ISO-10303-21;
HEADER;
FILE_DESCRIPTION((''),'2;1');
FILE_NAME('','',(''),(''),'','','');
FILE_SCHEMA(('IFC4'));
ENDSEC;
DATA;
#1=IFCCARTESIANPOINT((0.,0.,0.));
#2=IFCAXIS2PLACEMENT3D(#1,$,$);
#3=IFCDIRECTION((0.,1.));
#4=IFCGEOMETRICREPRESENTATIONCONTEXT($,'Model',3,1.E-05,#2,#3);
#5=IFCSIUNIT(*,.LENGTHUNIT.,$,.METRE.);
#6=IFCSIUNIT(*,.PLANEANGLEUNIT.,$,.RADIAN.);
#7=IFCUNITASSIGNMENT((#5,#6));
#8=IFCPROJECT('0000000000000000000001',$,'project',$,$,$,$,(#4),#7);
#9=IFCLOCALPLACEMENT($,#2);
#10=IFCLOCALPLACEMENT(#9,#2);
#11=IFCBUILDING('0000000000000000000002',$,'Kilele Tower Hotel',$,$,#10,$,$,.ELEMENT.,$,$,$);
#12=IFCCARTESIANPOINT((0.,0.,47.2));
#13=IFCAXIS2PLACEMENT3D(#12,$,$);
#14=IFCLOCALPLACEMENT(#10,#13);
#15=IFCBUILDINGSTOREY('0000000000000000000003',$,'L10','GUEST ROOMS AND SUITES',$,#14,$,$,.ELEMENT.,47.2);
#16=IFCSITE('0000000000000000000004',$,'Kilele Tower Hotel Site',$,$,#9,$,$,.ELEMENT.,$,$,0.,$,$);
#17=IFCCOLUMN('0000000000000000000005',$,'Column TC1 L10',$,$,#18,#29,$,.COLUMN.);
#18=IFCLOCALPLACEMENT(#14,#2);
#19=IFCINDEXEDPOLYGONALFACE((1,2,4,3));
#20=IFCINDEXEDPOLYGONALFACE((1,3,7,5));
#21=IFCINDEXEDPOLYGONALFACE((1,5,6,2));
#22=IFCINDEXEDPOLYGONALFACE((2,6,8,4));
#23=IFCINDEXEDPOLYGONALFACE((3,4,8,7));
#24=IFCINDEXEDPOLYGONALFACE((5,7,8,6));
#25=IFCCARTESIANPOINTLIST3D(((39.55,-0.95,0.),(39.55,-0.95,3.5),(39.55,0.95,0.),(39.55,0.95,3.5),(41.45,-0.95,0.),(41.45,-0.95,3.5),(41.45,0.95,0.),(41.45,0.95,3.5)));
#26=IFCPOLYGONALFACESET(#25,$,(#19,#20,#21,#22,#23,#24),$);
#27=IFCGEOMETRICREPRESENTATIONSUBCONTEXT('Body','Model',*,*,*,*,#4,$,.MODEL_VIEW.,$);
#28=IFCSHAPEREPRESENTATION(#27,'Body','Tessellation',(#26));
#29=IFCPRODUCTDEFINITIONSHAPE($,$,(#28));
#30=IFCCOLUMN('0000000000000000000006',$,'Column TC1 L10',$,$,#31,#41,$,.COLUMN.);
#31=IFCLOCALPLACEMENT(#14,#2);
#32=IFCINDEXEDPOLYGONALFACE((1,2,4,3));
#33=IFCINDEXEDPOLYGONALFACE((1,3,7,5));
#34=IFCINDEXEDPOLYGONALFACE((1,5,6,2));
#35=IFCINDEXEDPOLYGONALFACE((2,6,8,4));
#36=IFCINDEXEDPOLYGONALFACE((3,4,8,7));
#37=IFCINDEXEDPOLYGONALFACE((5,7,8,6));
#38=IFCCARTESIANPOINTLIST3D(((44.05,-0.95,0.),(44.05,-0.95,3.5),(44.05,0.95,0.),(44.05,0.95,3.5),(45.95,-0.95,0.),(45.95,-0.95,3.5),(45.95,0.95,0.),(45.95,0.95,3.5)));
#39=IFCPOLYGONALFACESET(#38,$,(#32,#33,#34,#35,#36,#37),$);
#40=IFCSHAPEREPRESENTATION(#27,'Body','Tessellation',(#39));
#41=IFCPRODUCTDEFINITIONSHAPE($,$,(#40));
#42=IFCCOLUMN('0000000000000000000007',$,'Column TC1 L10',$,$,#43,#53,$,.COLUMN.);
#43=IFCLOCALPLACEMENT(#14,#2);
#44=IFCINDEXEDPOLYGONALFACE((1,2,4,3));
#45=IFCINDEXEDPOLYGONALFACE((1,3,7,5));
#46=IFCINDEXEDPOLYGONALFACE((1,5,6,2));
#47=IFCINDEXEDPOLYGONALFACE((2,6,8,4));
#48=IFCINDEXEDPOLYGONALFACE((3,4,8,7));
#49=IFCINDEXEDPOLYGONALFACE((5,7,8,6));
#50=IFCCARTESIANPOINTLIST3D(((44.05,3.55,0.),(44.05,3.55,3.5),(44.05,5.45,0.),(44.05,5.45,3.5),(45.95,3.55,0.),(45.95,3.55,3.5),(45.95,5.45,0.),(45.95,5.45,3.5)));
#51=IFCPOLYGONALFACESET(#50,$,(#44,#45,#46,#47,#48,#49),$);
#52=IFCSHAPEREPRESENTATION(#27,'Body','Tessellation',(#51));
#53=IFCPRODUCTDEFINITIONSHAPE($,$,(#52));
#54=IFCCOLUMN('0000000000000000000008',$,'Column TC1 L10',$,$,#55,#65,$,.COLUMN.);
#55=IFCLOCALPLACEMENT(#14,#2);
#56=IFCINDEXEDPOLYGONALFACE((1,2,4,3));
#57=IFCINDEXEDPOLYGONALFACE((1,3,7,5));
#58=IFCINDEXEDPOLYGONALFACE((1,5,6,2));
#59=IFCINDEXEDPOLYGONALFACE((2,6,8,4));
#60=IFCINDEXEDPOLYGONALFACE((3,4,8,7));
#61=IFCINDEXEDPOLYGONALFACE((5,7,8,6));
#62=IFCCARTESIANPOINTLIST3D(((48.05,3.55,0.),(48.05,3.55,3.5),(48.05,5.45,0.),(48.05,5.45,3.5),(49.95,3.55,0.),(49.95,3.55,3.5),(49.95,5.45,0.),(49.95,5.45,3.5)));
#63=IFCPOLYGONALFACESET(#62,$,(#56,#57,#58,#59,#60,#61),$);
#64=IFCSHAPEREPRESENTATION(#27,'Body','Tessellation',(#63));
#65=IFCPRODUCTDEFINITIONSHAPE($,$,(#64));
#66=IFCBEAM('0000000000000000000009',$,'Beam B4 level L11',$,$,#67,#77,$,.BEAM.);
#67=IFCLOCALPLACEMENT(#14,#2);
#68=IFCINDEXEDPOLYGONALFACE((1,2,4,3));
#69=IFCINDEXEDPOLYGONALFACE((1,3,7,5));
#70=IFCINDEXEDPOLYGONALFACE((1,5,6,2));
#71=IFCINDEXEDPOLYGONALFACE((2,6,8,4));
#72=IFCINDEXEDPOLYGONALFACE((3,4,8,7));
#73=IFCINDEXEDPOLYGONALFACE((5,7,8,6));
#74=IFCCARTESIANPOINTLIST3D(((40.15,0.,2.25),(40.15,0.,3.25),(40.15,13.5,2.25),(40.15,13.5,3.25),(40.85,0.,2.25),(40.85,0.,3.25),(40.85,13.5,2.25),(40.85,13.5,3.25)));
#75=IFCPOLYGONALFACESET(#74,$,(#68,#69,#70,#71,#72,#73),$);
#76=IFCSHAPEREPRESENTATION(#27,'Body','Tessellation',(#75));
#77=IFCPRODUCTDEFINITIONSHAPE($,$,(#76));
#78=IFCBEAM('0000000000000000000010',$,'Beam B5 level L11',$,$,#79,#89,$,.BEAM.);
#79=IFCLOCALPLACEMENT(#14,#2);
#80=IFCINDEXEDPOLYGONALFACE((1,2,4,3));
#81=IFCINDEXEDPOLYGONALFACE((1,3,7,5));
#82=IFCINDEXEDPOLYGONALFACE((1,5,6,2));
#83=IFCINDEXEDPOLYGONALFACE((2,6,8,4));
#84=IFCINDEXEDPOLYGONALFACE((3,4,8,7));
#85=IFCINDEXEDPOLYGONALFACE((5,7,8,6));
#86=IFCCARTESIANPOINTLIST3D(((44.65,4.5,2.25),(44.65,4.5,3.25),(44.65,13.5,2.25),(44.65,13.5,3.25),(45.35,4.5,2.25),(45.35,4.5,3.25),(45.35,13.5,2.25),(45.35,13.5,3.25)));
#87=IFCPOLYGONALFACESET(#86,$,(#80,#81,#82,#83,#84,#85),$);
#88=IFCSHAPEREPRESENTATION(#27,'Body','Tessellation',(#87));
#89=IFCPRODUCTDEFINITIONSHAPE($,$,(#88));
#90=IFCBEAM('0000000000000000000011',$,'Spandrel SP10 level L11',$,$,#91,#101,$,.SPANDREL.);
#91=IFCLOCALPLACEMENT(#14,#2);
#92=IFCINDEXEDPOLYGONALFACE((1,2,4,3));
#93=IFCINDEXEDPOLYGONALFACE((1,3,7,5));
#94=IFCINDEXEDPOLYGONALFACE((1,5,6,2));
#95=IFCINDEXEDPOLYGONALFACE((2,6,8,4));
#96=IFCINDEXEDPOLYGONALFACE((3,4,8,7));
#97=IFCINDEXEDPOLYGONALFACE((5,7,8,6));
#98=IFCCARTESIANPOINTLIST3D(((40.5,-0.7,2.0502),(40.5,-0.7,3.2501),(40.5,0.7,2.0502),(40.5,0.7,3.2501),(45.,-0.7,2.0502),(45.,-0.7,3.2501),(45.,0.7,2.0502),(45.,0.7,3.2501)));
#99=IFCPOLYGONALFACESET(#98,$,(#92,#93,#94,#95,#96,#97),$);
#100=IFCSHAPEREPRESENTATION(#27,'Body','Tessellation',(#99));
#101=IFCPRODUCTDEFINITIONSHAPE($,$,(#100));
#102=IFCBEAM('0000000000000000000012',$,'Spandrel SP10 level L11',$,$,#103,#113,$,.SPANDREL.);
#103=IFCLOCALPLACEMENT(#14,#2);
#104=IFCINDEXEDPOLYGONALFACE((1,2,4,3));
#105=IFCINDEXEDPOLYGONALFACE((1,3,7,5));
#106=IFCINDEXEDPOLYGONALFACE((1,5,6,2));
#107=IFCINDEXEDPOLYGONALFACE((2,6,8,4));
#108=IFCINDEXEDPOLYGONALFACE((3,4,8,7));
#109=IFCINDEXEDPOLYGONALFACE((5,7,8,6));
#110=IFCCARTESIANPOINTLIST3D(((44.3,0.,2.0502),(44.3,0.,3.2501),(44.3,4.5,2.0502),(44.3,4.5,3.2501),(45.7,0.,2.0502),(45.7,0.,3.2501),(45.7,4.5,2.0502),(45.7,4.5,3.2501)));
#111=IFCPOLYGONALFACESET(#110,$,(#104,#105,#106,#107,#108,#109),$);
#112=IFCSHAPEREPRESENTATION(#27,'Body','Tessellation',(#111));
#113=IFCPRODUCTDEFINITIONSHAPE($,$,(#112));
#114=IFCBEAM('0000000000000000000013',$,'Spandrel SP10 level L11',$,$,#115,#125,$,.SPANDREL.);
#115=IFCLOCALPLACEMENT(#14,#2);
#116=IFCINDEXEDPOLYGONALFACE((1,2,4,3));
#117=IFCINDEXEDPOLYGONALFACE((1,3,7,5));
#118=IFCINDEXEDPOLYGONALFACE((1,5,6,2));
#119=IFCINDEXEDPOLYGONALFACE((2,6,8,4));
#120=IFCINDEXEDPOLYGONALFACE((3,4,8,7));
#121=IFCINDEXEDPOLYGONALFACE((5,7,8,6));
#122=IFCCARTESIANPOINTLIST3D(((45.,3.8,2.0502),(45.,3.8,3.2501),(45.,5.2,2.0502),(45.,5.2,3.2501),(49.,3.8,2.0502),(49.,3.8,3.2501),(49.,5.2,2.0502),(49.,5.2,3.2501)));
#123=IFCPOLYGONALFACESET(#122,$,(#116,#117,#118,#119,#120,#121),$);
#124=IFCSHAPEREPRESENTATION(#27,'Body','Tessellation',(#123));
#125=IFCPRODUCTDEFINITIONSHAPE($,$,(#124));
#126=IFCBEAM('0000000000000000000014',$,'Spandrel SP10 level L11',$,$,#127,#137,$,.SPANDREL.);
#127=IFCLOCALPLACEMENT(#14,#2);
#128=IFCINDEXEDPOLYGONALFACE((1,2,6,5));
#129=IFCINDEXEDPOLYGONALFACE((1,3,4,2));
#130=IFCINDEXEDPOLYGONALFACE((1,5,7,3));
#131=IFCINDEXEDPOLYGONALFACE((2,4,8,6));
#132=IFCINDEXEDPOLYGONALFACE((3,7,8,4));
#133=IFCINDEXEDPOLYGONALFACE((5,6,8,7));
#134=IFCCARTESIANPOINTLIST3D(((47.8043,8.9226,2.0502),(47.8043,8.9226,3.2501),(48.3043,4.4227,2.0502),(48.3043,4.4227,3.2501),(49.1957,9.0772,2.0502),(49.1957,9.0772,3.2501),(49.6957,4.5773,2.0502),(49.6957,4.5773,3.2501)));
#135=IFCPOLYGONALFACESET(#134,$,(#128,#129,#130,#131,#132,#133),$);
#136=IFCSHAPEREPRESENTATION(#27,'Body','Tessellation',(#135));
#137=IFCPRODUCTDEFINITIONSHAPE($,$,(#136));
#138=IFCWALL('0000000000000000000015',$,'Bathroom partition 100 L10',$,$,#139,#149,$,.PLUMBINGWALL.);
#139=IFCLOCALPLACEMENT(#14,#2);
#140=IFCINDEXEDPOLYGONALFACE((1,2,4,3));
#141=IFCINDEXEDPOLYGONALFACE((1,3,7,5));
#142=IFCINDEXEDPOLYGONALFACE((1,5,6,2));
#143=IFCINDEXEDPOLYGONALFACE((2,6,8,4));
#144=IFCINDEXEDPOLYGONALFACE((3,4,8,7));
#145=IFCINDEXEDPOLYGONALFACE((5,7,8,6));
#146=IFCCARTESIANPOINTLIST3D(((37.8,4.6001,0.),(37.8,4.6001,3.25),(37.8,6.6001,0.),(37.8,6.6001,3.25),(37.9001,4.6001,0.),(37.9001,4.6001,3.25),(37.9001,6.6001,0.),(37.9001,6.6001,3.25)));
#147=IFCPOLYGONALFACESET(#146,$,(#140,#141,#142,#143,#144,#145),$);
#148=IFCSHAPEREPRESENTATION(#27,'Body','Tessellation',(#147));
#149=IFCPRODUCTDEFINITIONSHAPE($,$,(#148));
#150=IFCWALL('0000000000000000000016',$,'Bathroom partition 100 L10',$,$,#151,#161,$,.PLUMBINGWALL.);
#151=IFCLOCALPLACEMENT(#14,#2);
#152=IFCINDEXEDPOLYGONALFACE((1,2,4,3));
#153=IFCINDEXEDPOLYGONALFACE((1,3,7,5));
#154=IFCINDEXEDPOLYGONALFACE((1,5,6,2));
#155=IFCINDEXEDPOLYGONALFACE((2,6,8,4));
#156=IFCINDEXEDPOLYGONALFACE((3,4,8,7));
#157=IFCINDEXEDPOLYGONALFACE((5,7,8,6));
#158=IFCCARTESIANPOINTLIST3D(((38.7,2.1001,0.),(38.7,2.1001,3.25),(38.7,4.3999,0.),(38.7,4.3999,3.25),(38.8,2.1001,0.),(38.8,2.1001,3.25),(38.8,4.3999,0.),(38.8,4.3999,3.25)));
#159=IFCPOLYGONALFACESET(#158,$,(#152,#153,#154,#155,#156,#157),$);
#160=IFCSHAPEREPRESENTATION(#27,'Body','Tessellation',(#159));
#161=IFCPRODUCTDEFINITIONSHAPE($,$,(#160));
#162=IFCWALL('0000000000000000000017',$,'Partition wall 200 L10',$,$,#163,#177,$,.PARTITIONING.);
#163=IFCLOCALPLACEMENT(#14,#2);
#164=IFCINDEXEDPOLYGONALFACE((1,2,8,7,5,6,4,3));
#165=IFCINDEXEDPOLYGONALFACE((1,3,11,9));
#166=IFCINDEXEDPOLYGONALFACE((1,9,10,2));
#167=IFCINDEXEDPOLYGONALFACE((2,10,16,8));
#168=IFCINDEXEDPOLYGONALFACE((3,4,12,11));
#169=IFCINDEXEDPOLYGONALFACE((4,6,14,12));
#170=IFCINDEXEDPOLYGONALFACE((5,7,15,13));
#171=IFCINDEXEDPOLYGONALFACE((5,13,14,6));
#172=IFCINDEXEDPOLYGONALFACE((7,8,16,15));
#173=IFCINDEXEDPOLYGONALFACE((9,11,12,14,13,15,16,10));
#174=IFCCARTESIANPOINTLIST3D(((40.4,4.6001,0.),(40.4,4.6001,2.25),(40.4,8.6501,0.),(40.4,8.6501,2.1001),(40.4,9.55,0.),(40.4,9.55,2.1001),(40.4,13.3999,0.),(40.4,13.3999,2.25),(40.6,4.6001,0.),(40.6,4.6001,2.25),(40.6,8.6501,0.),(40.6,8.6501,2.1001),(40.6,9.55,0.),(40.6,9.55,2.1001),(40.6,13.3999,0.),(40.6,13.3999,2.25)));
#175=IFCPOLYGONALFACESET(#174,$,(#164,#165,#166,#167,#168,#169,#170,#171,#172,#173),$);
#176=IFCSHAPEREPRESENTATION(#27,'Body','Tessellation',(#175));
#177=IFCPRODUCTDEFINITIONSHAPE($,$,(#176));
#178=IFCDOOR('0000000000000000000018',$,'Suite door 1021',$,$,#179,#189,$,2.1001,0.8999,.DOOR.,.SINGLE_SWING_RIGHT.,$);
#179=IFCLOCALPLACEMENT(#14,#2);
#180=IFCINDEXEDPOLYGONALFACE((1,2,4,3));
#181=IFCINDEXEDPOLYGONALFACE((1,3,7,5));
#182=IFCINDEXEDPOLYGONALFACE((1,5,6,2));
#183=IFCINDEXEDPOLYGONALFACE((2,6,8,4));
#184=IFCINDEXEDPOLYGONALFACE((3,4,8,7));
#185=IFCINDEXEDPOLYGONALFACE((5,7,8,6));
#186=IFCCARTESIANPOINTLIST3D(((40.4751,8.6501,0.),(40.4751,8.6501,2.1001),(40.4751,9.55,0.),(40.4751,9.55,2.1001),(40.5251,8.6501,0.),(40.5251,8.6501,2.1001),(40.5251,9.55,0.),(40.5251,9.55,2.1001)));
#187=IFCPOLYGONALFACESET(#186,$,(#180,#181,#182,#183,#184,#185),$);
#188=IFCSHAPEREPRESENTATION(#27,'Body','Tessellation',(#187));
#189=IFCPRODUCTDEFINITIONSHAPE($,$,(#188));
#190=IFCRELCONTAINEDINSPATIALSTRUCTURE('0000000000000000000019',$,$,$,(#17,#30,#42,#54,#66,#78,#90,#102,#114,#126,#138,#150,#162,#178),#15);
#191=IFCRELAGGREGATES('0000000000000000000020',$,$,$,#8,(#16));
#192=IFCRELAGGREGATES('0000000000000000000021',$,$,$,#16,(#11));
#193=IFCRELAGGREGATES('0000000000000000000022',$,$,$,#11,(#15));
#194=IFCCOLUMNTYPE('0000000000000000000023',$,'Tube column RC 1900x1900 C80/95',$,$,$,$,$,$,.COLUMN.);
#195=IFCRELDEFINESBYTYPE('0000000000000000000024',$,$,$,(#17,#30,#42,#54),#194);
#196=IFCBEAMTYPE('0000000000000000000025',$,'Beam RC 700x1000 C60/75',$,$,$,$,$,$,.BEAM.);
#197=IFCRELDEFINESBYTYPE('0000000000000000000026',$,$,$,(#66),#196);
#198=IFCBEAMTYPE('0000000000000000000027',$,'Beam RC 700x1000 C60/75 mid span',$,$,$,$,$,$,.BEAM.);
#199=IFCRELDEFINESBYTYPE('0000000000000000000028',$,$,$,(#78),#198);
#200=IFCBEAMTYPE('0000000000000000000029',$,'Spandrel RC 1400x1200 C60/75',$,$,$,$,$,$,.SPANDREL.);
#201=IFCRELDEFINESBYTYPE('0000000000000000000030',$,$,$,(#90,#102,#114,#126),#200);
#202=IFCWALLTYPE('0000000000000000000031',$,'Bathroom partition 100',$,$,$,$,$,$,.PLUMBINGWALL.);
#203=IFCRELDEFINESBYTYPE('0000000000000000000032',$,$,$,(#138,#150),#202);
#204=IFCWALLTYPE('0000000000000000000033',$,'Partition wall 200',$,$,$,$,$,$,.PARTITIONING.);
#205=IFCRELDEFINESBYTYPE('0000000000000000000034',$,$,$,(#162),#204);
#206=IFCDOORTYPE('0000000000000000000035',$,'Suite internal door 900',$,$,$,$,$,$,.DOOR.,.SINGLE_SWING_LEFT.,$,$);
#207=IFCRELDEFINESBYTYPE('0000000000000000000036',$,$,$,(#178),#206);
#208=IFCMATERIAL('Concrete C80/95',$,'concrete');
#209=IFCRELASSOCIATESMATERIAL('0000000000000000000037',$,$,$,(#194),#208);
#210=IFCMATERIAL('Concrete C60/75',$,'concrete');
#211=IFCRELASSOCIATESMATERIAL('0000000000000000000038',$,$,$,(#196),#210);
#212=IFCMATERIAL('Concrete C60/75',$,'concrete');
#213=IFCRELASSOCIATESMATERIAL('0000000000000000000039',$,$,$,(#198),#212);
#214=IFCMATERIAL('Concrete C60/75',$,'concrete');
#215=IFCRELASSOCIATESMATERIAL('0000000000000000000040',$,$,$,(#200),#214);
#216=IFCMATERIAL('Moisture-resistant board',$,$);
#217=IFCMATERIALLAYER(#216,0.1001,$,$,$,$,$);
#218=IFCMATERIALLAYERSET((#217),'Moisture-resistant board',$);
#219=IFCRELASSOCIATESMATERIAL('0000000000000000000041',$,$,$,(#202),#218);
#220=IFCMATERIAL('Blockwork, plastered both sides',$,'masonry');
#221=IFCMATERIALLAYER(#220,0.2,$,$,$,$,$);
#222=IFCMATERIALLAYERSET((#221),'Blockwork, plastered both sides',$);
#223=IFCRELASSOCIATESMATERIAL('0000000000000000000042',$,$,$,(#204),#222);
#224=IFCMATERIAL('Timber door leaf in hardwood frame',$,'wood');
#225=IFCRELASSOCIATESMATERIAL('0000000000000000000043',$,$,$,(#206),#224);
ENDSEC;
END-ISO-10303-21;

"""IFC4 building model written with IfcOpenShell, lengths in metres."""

from ifc_helpers import new_model, si_unit, direction, frame, frame_2d, origin, origin_2d, place, context, subcontext, project, spatial, rectangle, extrude, material, layer, layer_set, material_profile, profile_set, type_object, element, fill, save


model = new_model("IFC4")

# Units and contexts
model_context = context("Model", 3, precision=1e-05, world=origin(), true_north=direction((0.0, 1.0)))
body_context = subcontext(model_context, "Body", "Model", "MODEL_VIEW")
ifc_project = project(units=[si_unit("LENGTHUNIT", "METRE"), si_unit("PLANEANGLEUNIT", "RADIAN")], contexts=[model_context])

# Site, building, storey
site_placement = place(None, origin())
site = spatial("IfcSite", under=ifc_project, at=site_placement, Name="Kilele Tower Hotel Site", CompositionType="ELEMENT", RefElevation=0.0)
building_placement = place(site_placement, origin())
building = spatial("IfcBuilding", under=site, at=building_placement, Name="Kilele Tower Hotel", CompositionType="ELEMENT")
storey_placement = place(building_placement, frame((0.0, 0.0, 47.2)))
storey = spatial("IfcBuildingStorey", under=building, at=storey_placement, Name="L10", Description="GUEST ROOMS AND SUITES", CompositionType="ELEMENT", Elevation=47.2)

# Columns
ifc_material_1 = material(Name="Concrete C80/95", Category="concrete")
ifc_material_profile_1 = material_profile(ifc_material_1, rectangle(XDim=1.8999, YDim=1.8999, at=origin_2d()))
ifc_profile_set_1 = profile_set([ifc_material_profile_1], Name="Concrete C80/95")
column_type = type_object("IfcColumnType", Name="Tube column RC 1900x1900 C80/95", PredefinedType="COLUMN", material=ifc_profile_set_1)
for number, where, z_axis, x_axis, name in (
    (1, (40.5, 0.0, 0.0), (0.0, 0.0, 1.0), (1.0, 0.0, 0.0), "Column TC1 L10"),
    (2, (45.0, 0.0, 0.0), (0.0, 0.0, 1.0), (1.0, 0.0, 0.0), "Column TC1 L10"),
    (3, (45.0, 4.5, 0.0), (0.0, 0.0, 1.0), (1.0, 0.0, 0.0), "Column TC1 L10"),
    (4, (49.0, 4.5, 0.0), (0.0, 0.0, 1.0), (1.0, 0.0, 0.0), "Column TC1 L10"),
):
    element("IfcColumn", number, at=place(storey_placement, frame(where, z_axis=z_axis, x_axis=x_axis)), inside=storey, type_object=column_type, Name=name, PredefinedType="COLUMN", context=body_context, shape_type="SweptSolid", body=[
        extrude(rectangle(XDim=1.8999, YDim=1.8999, at=origin_2d()), origin(), (0.0, 0.0, 1.0), 3.5),
    ])

# Beams
ifc_material_2 = material(Name="Concrete C60/75", Category="concrete")
ifc_material_profile_2 = material_profile(ifc_material_2, rectangle(XDim=0.7, YDim=1.0, at=origin_2d()))
ifc_profile_set_2 = profile_set([ifc_material_profile_2], Name="Concrete C60/75")
beam_type_1 = type_object("IfcBeamType", Name="Beam RC 700x1000 C60/75", PredefinedType="BEAM", material=ifc_profile_set_2)
beam_1_placement = place(storey_placement, frame((40.5, 0.0, 2.75), z_axis=(0.0, 1.0, 0.0), x_axis=(-1.0, 0.0, 0.0)))
element("IfcBeam", 5, at=beam_1_placement, inside=storey, type_object=beam_type_1, Name="Beam B4 level L11", PredefinedType="BEAM", context=body_context, shape_type="SweptSolid", body=[
    extrude(rectangle(XDim=0.7, YDim=1.0, at=origin_2d()), origin(), (0.0, 0.0, 1.0), 13.5),
])
ifc_material_3 = material(Name="Concrete C60/75", Category="concrete")
ifc_material_profile_3 = material_profile(ifc_material_3, rectangle(XDim=0.7, YDim=1.0, at=origin_2d()))
ifc_profile_set_3 = profile_set([ifc_material_profile_3], Name="Concrete C60/75")
beam_type_2 = type_object("IfcBeamType", Name="Beam RC 700x1000 C60/75 mid span", PredefinedType="BEAM", material=ifc_profile_set_3)
beam_2_placement = place(storey_placement, frame((45.0, 4.5, 2.75), z_axis=(0.0, 1.0, 0.0), x_axis=(-1.0, 0.0, 0.0)))
element("IfcBeam", 6, at=beam_2_placement, inside=storey, type_object=beam_type_2, Name="Beam B5 level L11", PredefinedType="BEAM", context=body_context, shape_type="SweptSolid", body=[
    extrude(rectangle(XDim=0.7, YDim=1.0, at=origin_2d()), origin(), (0.0, 0.0, 1.0), 9.0),
])
ifc_material_4 = material(Name="Concrete C60/75", Category="concrete")
ifc_material_profile_4 = material_profile(ifc_material_4, rectangle(XDim=1.3999, YDim=1.2, at=origin_2d()))
ifc_profile_set_4 = profile_set([ifc_material_profile_4], Name="Concrete C60/75")
beam_type_3 = type_object("IfcBeamType", Name="Spandrel RC 1400x1200 C60/75", PredefinedType="SPANDREL", material=ifc_profile_set_4)
for number, where, z_axis, x_axis, name in (
    (7, (40.5, 0.0, 2.6501), (1.0, 0.0, 0.0), (0.0, 1.0, 0.0), "Spandrel SP10 level L11"),
    (8, (45.0, 0.0, 2.6501), (0.0, 1.0, 0.0), (-1.0, 0.0, 0.0), "Spandrel SP10 level L11"),
):
    element("IfcBeam", number, at=place(storey_placement, frame(where, z_axis=z_axis, x_axis=x_axis)), inside=storey, type_object=beam_type_3, Name=name, PredefinedType="SPANDREL", context=body_context, shape_type="SweptSolid", body=[
        extrude(rectangle(XDim=1.3999, YDim=1.2, at=origin_2d()), origin(), (0.0, 0.0, 1.0), 4.5),
    ])
beam_3_placement = place(storey_placement, frame((45.0, 4.5, 2.6501), z_axis=(1.0, 0.0, 0.0), x_axis=(0.0, 1.0, 0.0)))
element("IfcBeam", 9, at=beam_3_placement, inside=storey, type_object=beam_type_3, Name="Spandrel SP10 level L11", PredefinedType="SPANDREL", context=body_context, shape_type="SweptSolid", body=[
    extrude(rectangle(XDim=1.3999, YDim=1.2, at=origin_2d()), origin(), (0.0, 0.0, 1.0), 4.0),
])
beam_4_placement = place(storey_placement, frame((49.0, 4.5, 2.6501), z_axis=(-0.110432, 0.993884, 0.0), x_axis=(-0.993884, -0.110432, 0.0)))
element("IfcBeam", 10, at=beam_4_placement, inside=storey, type_object=beam_type_3, Name="Spandrel SP10 level L11", PredefinedType="SPANDREL", context=body_context, shape_type="SweptSolid", body=[
    extrude(rectangle(XDim=1.3999, YDim=1.2, at=origin_2d()), origin(), (0.0, 0.0, 1.0), 4.5276),
])

# Walls
ifc_material_5 = material(Name="Moisture-resistant board")
ifc_layer_1 = layer(ifc_material_5, 0.1001)
ifc_layer_set_1 = layer_set([ifc_layer_1], Name="Moisture-resistant board")
wall_type_1 = type_object("IfcWallType", Name="Bathroom partition 100", PredefinedType="PLUMBINGWALL", material=ifc_layer_set_1)
wall_1_placement = place(storey_placement, frame((37.8501, 4.6001, 0.0), z_axis=(0.0, 0.0, 1.0), x_axis=(0.0, 1.0, 0.0)))
element("IfcWall", 11, at=wall_1_placement, inside=storey, type_object=wall_type_1, Name="Bathroom partition 100 L10", PredefinedType="PLUMBINGWALL", context=body_context, shape_type="SweptSolid", body=[
    extrude(rectangle(XDim=2.0, YDim=0.1001, at=frame_2d((1.0, 0.0))), origin(), (0.0, 0.0, 1.0), 3.25),
])
wall_2_placement = place(storey_placement, frame((38.75, 4.3999, 0.0), z_axis=(0.0, 0.0, 1.0), x_axis=(0.0, -1.0, 0.0)))
element("IfcWall", 12, at=wall_2_placement, inside=storey, type_object=wall_type_1, Name="Bathroom partition 100 L10", PredefinedType="PLUMBINGWALL", context=body_context, shape_type="SweptSolid", body=[
    extrude(rectangle(XDim=2.2998, YDim=0.1001, at=frame_2d((1.1499, 0.0))), origin(), (0.0, 0.0, 1.0), 3.25),
])

# Wall, opening, door
ifc_material_6 = material(Name="Blockwork, plastered both sides", Category="masonry")
ifc_layer_2 = layer(ifc_material_6, 0.2)
ifc_layer_set_2 = layer_set([ifc_layer_2], Name="Blockwork, plastered both sides")
wall_type_2 = type_object("IfcWallType", Name="Partition wall 200", PredefinedType="PARTITIONING", material=ifc_layer_set_2)
wall_3_placement = place(storey_placement, frame((40.5, 4.6001, 0.0), z_axis=(0.0, 0.0, 1.0), x_axis=(0.0, 1.0, 0.0)))
wall_3 = element("IfcWall", 13, at=wall_3_placement, inside=storey, type_object=wall_type_2, Name="Partition wall 200 L10", PredefinedType="PARTITIONING", context=body_context, shape_type="SweptSolid", body=[
    extrude(rectangle(XDim=8.7998, YDim=0.2, at=frame_2d((4.3999, 0.0))), origin(), (0.0, 0.0, 1.0), 2.25),
])
opening_1_placement = place(wall_3_placement, frame((4.05, 0.0, 0.0)))
opening_1 = element("IfcOpeningElement", 14, at=opening_1_placement, cuts=wall_3, PredefinedType="OPENING", context=body_context, shape_type="SweptSolid", body=[
    extrude(rectangle(XDim=0.8999, YDim=2.1001, at=frame_2d((0.45, 1.05))), frame((0.0, 0.1099, 0.0), z_axis=(0.0, -1.0, 0.0), x_axis=(1.0, 0.0, 0.0)), (0.0, 0.0, 1.0), 0.22),
])
ifc_material_7 = material(Name="Timber door leaf in hardwood frame", Category="wood")
door_type = type_object("IfcDoorType", Name="Suite internal door 900", OperationType="SINGLE_SWING_LEFT", PredefinedType="DOOR", material=ifc_material_7)
door_placement = place(opening_1_placement, origin())
door = element("IfcDoor", 15, at=door_placement, inside=storey, type_object=door_type, Name="Suite door 1021", OperationType="SINGLE_SWING_RIGHT", OverallHeight=2.1001, OverallWidth=0.8999, PredefinedType="DOOR", context=body_context, shape_type="SweptSolid", body=[
    extrude(rectangle(XDim=0.8999, YDim=2.1001, at=frame_2d((0.45, 1.05))), frame((0.0, 0.0249, 0.0), z_axis=(0.0, -1.0, 0.0), x_axis=(1.0, 0.0, 0.0)), (0.0, 0.0, 1.0), 0.05),
])
fill(opening_1, door)

save(model, "model.ifc")
